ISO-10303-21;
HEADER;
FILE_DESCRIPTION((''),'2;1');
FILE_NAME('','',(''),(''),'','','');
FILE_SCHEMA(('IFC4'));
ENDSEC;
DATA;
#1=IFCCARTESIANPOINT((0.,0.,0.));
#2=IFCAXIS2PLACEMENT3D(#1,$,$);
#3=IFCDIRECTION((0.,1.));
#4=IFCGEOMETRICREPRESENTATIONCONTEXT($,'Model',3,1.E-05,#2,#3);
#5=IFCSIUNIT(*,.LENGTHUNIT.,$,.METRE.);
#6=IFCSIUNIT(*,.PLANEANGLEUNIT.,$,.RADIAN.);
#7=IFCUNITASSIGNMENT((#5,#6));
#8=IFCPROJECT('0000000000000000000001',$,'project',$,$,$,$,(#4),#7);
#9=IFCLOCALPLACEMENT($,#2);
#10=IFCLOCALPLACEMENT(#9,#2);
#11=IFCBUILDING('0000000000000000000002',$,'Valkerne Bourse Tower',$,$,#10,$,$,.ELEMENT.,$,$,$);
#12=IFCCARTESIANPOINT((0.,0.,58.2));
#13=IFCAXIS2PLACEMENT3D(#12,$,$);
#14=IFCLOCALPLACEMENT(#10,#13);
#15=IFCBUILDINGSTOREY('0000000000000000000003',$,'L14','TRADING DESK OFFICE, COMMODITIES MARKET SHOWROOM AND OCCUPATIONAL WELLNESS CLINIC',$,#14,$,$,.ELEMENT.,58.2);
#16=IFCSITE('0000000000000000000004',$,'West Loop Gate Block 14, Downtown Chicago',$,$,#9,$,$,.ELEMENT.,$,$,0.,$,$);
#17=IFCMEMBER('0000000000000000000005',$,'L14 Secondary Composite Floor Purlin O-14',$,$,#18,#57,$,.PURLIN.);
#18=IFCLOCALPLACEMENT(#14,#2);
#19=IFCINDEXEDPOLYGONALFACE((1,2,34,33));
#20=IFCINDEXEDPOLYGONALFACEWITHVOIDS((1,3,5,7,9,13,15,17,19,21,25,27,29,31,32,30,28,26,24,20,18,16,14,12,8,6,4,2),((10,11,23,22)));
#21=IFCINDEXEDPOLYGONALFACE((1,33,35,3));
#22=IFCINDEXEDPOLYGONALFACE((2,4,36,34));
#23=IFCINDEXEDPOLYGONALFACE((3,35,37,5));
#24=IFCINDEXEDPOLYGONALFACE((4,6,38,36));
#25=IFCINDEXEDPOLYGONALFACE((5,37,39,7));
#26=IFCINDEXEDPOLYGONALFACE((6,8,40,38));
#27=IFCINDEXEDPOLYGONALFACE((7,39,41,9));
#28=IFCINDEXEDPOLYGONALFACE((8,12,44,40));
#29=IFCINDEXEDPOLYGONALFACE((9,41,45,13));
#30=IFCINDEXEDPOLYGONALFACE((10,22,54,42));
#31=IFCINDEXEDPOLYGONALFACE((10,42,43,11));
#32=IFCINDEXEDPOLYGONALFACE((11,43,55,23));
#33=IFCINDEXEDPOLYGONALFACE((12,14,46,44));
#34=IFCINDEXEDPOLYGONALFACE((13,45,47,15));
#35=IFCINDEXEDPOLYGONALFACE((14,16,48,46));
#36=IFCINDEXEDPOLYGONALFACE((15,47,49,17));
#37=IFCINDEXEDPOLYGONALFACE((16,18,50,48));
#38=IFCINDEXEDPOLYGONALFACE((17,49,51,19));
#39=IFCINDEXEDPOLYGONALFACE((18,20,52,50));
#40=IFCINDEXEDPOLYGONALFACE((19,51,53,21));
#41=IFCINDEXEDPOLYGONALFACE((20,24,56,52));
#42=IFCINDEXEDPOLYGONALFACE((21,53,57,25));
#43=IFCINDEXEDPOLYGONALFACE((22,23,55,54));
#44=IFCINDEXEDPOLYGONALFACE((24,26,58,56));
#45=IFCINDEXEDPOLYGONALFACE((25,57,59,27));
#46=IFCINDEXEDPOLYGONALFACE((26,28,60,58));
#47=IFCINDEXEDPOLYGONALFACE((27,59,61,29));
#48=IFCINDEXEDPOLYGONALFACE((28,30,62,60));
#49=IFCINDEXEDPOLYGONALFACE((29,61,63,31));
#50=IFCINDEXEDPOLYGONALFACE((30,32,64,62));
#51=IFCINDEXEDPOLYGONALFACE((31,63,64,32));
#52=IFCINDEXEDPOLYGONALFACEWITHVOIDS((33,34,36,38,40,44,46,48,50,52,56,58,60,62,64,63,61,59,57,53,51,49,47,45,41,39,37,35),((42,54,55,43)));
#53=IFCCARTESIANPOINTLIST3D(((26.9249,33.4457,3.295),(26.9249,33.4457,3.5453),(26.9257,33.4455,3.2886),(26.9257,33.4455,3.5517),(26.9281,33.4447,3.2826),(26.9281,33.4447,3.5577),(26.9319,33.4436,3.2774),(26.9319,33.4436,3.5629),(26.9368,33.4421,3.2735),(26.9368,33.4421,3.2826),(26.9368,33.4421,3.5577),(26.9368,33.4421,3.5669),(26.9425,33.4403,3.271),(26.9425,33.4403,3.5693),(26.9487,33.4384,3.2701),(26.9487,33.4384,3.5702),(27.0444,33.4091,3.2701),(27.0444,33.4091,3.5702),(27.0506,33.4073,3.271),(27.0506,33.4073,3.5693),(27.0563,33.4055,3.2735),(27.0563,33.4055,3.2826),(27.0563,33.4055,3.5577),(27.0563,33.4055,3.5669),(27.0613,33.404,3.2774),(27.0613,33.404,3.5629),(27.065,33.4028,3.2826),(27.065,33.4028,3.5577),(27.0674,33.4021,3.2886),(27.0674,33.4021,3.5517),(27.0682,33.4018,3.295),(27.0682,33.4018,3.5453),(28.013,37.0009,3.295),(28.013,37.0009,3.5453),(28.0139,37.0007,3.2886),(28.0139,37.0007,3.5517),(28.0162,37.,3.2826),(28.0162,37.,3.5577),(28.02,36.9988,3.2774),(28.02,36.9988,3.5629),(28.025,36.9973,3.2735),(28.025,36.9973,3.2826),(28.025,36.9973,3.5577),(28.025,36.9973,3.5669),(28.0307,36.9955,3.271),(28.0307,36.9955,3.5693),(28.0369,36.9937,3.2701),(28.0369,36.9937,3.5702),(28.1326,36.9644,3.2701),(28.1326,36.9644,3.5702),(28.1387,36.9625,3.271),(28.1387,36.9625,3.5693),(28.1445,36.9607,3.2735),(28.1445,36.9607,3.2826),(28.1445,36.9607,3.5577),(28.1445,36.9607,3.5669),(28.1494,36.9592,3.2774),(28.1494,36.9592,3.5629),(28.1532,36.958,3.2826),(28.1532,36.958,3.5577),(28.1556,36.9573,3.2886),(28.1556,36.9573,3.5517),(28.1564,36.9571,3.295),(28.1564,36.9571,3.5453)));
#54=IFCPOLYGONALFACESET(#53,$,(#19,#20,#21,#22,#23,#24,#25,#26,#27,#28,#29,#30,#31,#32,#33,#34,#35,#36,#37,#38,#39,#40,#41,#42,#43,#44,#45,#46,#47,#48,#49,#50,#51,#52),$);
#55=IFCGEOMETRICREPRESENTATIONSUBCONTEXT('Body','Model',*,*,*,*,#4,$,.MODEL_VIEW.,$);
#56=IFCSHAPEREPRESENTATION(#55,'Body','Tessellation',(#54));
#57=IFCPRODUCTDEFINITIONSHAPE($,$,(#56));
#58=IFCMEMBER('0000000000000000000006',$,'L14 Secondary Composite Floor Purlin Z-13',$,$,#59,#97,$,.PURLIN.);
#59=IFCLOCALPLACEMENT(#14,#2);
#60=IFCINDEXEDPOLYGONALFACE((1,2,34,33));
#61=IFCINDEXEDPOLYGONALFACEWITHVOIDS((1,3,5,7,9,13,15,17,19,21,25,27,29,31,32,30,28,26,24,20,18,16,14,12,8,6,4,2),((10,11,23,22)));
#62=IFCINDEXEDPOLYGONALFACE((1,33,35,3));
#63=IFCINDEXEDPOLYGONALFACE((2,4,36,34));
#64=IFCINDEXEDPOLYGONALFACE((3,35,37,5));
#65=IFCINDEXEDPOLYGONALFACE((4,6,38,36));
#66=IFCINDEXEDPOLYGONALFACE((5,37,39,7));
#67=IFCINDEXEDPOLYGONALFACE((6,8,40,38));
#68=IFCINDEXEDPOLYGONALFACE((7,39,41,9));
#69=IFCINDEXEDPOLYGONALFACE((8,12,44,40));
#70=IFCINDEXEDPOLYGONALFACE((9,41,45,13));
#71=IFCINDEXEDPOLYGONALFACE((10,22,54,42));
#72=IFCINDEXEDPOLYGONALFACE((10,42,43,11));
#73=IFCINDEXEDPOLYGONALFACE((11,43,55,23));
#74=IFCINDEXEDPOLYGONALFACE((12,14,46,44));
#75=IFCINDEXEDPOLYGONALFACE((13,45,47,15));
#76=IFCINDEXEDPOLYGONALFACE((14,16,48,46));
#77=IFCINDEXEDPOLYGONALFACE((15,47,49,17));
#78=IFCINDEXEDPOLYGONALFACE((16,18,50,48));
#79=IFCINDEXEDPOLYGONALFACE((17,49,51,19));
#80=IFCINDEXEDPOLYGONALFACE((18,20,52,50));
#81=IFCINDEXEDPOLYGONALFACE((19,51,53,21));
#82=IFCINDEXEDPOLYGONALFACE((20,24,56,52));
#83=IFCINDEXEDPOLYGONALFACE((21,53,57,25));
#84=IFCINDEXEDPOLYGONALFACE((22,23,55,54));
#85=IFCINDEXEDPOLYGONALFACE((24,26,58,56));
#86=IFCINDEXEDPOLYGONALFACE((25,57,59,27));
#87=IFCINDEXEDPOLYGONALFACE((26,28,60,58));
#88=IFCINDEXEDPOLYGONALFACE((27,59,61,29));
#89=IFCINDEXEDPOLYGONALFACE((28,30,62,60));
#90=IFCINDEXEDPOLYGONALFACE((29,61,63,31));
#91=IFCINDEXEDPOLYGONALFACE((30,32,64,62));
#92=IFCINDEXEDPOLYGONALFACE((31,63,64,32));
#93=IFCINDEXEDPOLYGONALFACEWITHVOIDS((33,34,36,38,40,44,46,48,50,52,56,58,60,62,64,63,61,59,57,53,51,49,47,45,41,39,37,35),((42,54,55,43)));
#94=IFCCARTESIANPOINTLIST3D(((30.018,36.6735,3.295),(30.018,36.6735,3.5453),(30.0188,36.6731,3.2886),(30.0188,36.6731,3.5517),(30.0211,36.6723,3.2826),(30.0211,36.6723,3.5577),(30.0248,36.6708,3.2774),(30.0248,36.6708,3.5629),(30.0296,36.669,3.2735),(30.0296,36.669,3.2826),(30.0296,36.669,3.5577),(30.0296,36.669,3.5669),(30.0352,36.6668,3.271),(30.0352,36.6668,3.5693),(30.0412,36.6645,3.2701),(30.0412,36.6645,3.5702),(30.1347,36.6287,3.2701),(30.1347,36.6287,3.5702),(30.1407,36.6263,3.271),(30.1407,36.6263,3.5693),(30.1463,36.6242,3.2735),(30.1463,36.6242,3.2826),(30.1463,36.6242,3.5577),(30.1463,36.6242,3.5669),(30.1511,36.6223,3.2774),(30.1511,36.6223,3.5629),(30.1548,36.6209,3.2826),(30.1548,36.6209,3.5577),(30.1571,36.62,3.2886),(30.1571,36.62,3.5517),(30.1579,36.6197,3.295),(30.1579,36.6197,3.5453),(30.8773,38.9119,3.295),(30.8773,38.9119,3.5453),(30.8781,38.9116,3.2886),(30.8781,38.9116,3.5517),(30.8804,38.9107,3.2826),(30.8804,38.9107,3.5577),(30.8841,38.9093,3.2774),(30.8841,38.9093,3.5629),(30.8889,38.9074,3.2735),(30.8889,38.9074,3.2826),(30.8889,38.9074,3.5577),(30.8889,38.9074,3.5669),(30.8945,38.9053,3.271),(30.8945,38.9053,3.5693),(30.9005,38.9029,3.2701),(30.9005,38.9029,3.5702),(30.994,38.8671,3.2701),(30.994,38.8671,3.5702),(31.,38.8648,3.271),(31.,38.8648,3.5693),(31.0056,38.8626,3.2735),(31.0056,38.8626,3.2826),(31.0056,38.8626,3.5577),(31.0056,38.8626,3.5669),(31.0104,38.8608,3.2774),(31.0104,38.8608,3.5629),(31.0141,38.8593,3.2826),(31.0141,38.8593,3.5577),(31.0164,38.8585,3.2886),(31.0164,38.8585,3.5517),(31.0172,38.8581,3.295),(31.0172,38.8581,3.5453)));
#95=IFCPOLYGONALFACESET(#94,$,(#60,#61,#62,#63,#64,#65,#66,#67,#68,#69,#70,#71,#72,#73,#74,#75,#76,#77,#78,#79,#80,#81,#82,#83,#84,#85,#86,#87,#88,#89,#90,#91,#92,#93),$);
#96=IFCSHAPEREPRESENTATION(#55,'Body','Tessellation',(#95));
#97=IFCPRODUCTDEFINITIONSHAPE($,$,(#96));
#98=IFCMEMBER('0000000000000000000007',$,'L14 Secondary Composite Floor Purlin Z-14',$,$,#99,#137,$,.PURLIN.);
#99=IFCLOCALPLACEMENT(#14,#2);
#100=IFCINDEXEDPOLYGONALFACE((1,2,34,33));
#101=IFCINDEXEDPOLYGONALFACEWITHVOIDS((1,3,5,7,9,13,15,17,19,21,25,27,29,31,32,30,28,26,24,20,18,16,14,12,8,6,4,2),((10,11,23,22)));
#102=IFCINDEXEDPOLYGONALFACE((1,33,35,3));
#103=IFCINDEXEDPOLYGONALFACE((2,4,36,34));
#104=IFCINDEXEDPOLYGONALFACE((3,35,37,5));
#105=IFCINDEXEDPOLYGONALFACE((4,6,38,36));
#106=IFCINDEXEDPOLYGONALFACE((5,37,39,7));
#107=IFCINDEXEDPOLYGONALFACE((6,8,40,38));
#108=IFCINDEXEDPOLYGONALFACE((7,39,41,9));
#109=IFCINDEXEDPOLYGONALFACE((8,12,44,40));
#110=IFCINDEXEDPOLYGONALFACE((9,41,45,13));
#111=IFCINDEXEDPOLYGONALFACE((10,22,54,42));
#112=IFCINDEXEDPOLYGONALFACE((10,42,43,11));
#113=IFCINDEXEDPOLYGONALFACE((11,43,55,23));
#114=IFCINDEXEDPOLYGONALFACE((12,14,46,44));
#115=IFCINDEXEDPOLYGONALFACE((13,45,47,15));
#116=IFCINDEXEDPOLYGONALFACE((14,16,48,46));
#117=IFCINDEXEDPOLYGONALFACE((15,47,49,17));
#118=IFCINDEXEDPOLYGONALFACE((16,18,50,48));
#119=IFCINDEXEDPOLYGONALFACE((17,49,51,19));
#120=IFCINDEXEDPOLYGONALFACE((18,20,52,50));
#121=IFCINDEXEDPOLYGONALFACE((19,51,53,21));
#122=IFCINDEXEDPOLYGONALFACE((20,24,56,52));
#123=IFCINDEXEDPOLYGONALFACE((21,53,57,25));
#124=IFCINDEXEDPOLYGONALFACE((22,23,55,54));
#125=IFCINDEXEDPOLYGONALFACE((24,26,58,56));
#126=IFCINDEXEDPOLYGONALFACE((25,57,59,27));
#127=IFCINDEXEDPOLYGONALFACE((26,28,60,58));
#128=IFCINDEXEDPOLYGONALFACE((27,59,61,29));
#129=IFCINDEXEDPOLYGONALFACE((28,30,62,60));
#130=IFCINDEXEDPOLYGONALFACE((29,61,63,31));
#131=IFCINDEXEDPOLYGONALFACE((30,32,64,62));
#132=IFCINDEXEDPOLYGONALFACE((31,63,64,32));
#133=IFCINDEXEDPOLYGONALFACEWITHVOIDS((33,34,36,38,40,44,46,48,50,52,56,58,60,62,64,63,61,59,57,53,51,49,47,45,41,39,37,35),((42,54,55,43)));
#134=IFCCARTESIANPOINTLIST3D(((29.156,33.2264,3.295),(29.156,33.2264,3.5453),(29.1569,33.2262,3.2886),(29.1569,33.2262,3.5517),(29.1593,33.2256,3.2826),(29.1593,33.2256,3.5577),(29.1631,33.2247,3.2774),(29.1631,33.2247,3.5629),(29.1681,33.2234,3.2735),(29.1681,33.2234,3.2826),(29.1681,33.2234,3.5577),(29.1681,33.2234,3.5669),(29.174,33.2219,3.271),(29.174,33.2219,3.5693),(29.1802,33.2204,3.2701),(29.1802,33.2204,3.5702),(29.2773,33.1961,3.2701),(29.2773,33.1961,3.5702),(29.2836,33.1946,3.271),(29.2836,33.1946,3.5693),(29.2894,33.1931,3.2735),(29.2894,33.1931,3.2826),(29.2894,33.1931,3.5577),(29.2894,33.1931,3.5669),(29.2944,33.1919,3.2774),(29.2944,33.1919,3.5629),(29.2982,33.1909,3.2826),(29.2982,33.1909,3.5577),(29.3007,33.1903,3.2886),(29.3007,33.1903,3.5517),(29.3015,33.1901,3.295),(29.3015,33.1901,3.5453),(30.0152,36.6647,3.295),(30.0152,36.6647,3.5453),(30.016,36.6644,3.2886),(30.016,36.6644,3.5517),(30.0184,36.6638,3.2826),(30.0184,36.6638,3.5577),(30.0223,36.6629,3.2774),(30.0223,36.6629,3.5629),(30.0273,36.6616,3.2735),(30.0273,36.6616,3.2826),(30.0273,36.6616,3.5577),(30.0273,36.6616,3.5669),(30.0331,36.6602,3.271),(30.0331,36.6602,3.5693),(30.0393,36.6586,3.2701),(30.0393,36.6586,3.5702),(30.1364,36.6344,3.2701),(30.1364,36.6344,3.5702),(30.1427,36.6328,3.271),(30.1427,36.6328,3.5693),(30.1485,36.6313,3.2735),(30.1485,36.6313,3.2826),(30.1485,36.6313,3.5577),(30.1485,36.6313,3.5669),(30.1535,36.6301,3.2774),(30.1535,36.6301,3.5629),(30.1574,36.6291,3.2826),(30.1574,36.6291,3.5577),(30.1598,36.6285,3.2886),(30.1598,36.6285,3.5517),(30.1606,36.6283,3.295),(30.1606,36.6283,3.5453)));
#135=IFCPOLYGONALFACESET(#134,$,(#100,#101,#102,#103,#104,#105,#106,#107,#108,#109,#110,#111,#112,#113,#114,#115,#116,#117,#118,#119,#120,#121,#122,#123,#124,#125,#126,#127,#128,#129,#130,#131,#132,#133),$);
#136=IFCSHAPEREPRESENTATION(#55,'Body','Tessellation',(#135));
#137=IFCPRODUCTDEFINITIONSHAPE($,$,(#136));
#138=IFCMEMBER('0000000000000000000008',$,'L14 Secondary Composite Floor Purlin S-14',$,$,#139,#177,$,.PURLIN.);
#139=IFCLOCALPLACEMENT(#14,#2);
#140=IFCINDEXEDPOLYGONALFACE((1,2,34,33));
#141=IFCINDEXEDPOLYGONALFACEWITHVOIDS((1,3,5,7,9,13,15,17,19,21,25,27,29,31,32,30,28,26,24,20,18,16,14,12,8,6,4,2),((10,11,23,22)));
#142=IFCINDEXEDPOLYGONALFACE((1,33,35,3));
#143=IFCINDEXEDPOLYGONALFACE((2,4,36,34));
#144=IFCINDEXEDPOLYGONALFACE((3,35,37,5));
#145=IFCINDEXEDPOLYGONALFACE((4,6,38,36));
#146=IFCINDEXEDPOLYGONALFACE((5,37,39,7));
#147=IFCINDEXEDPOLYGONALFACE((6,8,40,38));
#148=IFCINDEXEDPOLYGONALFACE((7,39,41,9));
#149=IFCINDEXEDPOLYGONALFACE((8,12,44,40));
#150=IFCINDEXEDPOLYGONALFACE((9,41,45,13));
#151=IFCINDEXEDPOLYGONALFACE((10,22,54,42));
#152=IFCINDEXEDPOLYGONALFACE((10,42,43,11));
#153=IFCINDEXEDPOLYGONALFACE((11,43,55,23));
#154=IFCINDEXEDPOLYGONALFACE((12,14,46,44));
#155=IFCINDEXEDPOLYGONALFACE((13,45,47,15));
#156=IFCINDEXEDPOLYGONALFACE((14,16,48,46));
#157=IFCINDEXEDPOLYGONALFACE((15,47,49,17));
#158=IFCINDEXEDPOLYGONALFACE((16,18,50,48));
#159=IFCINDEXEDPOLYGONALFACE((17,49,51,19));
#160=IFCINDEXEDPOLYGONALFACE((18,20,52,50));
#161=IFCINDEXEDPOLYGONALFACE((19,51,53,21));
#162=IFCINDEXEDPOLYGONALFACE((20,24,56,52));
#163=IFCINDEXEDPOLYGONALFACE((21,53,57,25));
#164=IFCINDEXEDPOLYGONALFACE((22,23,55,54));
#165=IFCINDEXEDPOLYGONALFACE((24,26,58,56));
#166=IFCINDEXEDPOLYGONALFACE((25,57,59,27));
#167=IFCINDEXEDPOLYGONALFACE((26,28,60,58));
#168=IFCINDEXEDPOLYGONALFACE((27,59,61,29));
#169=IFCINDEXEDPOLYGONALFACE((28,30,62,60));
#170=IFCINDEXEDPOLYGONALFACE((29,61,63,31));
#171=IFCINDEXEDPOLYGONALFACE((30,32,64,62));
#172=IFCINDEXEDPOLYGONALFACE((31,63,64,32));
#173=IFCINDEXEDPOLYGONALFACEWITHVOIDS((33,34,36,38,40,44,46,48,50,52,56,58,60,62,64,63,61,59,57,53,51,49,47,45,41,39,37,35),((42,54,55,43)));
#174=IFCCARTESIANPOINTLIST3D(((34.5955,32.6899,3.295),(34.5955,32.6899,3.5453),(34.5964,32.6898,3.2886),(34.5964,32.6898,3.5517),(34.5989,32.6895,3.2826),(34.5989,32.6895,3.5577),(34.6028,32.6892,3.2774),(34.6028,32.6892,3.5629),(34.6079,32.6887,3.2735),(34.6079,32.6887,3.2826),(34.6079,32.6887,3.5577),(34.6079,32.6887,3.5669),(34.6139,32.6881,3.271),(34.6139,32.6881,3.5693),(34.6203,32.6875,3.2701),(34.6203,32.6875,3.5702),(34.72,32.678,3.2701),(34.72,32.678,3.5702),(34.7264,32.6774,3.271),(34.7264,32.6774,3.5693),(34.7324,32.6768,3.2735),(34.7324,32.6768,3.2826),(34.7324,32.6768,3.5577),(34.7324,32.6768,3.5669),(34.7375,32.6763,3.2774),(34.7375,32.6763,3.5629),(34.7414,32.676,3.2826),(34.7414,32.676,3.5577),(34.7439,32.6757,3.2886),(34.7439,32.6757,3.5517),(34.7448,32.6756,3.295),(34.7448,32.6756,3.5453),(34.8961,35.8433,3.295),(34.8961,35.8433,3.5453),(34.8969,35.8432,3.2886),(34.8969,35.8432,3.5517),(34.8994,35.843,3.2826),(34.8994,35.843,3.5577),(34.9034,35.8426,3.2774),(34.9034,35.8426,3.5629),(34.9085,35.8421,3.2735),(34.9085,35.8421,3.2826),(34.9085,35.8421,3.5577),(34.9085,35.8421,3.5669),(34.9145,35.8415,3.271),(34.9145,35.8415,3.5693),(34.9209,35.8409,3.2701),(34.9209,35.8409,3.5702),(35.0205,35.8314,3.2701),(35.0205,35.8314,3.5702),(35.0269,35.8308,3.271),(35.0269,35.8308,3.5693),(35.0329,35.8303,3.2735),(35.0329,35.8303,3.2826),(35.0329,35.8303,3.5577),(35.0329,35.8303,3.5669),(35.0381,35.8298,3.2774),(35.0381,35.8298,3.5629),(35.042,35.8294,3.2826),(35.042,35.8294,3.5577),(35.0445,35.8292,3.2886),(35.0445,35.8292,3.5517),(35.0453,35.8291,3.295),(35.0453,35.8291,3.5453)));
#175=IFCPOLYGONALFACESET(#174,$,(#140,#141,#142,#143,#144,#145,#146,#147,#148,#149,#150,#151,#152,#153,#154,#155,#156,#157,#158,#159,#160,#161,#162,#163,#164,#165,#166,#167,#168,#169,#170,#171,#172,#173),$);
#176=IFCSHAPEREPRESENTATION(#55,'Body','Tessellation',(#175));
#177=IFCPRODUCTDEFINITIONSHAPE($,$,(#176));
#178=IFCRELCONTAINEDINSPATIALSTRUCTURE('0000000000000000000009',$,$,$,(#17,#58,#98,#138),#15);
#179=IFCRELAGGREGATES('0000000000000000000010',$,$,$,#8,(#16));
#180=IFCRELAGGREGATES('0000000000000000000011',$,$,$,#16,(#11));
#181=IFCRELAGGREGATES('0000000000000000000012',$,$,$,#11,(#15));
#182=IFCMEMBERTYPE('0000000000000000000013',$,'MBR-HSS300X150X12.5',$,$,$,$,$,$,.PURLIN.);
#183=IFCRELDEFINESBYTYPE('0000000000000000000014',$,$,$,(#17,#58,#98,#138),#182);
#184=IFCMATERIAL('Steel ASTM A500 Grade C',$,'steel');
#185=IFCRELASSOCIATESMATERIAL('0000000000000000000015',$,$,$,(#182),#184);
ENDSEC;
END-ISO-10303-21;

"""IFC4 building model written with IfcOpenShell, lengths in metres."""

from ifc_helpers import new_model, si_unit, direction, frame, origin, origin_2d, place, context, subcontext, project, spatial, hollow_rectangle, extrude, material, material_profile, profile_set, type_object, element, save


model = new_model("IFC4")

# Units and contexts
model_context = context("Model", 3, precision=1e-05, world=origin(), true_north=direction((0.0, 1.0)))
body_context = subcontext(model_context, "Body", "Model", "MODEL_VIEW")
ifc_project = project(units=[si_unit("LENGTHUNIT", "METRE"), si_unit("PLANEANGLEUNIT", "RADIAN")], contexts=[model_context])

# Site, building, storey
site_placement = place(None, origin())
site = spatial("IfcSite", under=ifc_project, at=site_placement, Name="West Loop Gate Block 14, Downtown Chicago", CompositionType="ELEMENT", RefElevation=0.0)
building_placement = place(site_placement, origin())
building = spatial("IfcBuilding", under=site, at=building_placement, Name="Valkerne Bourse Tower", CompositionType="ELEMENT")
storey_placement = place(building_placement, frame((0.0, 0.0, 58.2)))
storey = spatial("IfcBuildingStorey", under=building, at=storey_placement, Name="L14", Description="TRADING DESK OFFICE, COMMODITIES MARKET SHOWROOM AND OCCUPATIONAL WELLNESS CLINIC", CompositionType="ELEMENT", Elevation=58.2)

# Members
ifc_material_1 = material(Name="Steel ASTM A500 Grade C", Category="steel")
ifc_material_profile_1 = material_profile(ifc_material_1, hollow_rectangle(XDim=0.1499, YDim=0.3, WallThickness=0.0125, OuterFilletRadius=0.0249, at=origin_2d()), Name="HSS300X150X12.5")
ifc_profile_set_1 = profile_set([ifc_material_profile_1], Name="Steel ASTM A500 Grade C")
member_type_1 = type_object("IfcMemberType", Name="MBR-HSS300X150X12.5", PredefinedType="PURLIN", material=ifc_profile_set_1)
member_1_placement = place(storey_placement, frame((28.0847, 36.979, 3.4202), z_axis=(-0.292669, -0.956214, 0.0), x_axis=(0.956214, -0.292669, 0.0)))
element("IfcMember", 1, at=member_1_placement, inside=storey, type_object=member_type_1, Name="L14 Secondary Composite Floor Purlin O-14", PredefinedType="PURLIN", context=body_context, shape_type="SweptSolid", body=[
    extrude(hollow_rectangle(XDim=0.1499, YDim=0.3, WallThickness=0.0125, OuterFilletRadius=0.0249, at=origin_2d()), origin(), (0.0, 0.0, 1.0), 3.718),
])
member_2_placement = place(storey_placement, frame((30.9473, 38.885, 3.4202), z_axis=(-0.358399, -0.933568, 0.0), x_axis=(0.933568, -0.358399, 0.0)))
element("IfcMember", 2, at=member_2_placement, inside=storey, type_object=member_type_1, Name="L14 Secondary Composite Floor Purlin Z-13", PredefinedType="PURLIN", context=body_context, shape_type="SweptSolid", body=[
    extrude(hollow_rectangle(XDim=0.1499, YDim=0.3, WallThickness=0.0125, OuterFilletRadius=0.0249, at=origin_2d()), origin(), (0.0, 0.0, 1.0), 2.3977),
])
member_3_placement = place(storey_placement, frame((30.0879, 36.6465, 3.4202), z_axis=(-0.242422, -0.970171, 0.0), x_axis=(0.970171, -0.242422, 0.0)))
element("IfcMember", 3, at=member_3_placement, inside=storey, type_object=member_type_1, Name="L14 Secondary Composite Floor Purlin Z-14", PredefinedType="PURLIN", context=body_context, shape_type="SweptSolid", body=[
    extrude(hollow_rectangle(XDim=0.1499, YDim=0.3, WallThickness=0.0125, OuterFilletRadius=0.0249, at=origin_2d()), origin(), (0.0, 0.0, 1.0), 3.5439),
])
member_4_placement = place(storey_placement, frame((34.9707, 35.8362, 3.4202), z_axis=(-0.094878, -0.995489, 0.0), x_axis=(0.995489, -0.094878, 0.0)))
element("IfcMember", 4, at=member_4_placement, inside=storey, type_object=member_type_1, Name="L14 Secondary Composite Floor Purlin S-14", PredefinedType="PURLIN", context=body_context, shape_type="SweptSolid", body=[
    extrude(hollow_rectangle(XDim=0.1499, YDim=0.3, WallThickness=0.0125, OuterFilletRadius=0.0249, at=origin_2d()), origin(), (0.0, 0.0, 1.0), 3.1677),
])

save(model, "model.ifc")
